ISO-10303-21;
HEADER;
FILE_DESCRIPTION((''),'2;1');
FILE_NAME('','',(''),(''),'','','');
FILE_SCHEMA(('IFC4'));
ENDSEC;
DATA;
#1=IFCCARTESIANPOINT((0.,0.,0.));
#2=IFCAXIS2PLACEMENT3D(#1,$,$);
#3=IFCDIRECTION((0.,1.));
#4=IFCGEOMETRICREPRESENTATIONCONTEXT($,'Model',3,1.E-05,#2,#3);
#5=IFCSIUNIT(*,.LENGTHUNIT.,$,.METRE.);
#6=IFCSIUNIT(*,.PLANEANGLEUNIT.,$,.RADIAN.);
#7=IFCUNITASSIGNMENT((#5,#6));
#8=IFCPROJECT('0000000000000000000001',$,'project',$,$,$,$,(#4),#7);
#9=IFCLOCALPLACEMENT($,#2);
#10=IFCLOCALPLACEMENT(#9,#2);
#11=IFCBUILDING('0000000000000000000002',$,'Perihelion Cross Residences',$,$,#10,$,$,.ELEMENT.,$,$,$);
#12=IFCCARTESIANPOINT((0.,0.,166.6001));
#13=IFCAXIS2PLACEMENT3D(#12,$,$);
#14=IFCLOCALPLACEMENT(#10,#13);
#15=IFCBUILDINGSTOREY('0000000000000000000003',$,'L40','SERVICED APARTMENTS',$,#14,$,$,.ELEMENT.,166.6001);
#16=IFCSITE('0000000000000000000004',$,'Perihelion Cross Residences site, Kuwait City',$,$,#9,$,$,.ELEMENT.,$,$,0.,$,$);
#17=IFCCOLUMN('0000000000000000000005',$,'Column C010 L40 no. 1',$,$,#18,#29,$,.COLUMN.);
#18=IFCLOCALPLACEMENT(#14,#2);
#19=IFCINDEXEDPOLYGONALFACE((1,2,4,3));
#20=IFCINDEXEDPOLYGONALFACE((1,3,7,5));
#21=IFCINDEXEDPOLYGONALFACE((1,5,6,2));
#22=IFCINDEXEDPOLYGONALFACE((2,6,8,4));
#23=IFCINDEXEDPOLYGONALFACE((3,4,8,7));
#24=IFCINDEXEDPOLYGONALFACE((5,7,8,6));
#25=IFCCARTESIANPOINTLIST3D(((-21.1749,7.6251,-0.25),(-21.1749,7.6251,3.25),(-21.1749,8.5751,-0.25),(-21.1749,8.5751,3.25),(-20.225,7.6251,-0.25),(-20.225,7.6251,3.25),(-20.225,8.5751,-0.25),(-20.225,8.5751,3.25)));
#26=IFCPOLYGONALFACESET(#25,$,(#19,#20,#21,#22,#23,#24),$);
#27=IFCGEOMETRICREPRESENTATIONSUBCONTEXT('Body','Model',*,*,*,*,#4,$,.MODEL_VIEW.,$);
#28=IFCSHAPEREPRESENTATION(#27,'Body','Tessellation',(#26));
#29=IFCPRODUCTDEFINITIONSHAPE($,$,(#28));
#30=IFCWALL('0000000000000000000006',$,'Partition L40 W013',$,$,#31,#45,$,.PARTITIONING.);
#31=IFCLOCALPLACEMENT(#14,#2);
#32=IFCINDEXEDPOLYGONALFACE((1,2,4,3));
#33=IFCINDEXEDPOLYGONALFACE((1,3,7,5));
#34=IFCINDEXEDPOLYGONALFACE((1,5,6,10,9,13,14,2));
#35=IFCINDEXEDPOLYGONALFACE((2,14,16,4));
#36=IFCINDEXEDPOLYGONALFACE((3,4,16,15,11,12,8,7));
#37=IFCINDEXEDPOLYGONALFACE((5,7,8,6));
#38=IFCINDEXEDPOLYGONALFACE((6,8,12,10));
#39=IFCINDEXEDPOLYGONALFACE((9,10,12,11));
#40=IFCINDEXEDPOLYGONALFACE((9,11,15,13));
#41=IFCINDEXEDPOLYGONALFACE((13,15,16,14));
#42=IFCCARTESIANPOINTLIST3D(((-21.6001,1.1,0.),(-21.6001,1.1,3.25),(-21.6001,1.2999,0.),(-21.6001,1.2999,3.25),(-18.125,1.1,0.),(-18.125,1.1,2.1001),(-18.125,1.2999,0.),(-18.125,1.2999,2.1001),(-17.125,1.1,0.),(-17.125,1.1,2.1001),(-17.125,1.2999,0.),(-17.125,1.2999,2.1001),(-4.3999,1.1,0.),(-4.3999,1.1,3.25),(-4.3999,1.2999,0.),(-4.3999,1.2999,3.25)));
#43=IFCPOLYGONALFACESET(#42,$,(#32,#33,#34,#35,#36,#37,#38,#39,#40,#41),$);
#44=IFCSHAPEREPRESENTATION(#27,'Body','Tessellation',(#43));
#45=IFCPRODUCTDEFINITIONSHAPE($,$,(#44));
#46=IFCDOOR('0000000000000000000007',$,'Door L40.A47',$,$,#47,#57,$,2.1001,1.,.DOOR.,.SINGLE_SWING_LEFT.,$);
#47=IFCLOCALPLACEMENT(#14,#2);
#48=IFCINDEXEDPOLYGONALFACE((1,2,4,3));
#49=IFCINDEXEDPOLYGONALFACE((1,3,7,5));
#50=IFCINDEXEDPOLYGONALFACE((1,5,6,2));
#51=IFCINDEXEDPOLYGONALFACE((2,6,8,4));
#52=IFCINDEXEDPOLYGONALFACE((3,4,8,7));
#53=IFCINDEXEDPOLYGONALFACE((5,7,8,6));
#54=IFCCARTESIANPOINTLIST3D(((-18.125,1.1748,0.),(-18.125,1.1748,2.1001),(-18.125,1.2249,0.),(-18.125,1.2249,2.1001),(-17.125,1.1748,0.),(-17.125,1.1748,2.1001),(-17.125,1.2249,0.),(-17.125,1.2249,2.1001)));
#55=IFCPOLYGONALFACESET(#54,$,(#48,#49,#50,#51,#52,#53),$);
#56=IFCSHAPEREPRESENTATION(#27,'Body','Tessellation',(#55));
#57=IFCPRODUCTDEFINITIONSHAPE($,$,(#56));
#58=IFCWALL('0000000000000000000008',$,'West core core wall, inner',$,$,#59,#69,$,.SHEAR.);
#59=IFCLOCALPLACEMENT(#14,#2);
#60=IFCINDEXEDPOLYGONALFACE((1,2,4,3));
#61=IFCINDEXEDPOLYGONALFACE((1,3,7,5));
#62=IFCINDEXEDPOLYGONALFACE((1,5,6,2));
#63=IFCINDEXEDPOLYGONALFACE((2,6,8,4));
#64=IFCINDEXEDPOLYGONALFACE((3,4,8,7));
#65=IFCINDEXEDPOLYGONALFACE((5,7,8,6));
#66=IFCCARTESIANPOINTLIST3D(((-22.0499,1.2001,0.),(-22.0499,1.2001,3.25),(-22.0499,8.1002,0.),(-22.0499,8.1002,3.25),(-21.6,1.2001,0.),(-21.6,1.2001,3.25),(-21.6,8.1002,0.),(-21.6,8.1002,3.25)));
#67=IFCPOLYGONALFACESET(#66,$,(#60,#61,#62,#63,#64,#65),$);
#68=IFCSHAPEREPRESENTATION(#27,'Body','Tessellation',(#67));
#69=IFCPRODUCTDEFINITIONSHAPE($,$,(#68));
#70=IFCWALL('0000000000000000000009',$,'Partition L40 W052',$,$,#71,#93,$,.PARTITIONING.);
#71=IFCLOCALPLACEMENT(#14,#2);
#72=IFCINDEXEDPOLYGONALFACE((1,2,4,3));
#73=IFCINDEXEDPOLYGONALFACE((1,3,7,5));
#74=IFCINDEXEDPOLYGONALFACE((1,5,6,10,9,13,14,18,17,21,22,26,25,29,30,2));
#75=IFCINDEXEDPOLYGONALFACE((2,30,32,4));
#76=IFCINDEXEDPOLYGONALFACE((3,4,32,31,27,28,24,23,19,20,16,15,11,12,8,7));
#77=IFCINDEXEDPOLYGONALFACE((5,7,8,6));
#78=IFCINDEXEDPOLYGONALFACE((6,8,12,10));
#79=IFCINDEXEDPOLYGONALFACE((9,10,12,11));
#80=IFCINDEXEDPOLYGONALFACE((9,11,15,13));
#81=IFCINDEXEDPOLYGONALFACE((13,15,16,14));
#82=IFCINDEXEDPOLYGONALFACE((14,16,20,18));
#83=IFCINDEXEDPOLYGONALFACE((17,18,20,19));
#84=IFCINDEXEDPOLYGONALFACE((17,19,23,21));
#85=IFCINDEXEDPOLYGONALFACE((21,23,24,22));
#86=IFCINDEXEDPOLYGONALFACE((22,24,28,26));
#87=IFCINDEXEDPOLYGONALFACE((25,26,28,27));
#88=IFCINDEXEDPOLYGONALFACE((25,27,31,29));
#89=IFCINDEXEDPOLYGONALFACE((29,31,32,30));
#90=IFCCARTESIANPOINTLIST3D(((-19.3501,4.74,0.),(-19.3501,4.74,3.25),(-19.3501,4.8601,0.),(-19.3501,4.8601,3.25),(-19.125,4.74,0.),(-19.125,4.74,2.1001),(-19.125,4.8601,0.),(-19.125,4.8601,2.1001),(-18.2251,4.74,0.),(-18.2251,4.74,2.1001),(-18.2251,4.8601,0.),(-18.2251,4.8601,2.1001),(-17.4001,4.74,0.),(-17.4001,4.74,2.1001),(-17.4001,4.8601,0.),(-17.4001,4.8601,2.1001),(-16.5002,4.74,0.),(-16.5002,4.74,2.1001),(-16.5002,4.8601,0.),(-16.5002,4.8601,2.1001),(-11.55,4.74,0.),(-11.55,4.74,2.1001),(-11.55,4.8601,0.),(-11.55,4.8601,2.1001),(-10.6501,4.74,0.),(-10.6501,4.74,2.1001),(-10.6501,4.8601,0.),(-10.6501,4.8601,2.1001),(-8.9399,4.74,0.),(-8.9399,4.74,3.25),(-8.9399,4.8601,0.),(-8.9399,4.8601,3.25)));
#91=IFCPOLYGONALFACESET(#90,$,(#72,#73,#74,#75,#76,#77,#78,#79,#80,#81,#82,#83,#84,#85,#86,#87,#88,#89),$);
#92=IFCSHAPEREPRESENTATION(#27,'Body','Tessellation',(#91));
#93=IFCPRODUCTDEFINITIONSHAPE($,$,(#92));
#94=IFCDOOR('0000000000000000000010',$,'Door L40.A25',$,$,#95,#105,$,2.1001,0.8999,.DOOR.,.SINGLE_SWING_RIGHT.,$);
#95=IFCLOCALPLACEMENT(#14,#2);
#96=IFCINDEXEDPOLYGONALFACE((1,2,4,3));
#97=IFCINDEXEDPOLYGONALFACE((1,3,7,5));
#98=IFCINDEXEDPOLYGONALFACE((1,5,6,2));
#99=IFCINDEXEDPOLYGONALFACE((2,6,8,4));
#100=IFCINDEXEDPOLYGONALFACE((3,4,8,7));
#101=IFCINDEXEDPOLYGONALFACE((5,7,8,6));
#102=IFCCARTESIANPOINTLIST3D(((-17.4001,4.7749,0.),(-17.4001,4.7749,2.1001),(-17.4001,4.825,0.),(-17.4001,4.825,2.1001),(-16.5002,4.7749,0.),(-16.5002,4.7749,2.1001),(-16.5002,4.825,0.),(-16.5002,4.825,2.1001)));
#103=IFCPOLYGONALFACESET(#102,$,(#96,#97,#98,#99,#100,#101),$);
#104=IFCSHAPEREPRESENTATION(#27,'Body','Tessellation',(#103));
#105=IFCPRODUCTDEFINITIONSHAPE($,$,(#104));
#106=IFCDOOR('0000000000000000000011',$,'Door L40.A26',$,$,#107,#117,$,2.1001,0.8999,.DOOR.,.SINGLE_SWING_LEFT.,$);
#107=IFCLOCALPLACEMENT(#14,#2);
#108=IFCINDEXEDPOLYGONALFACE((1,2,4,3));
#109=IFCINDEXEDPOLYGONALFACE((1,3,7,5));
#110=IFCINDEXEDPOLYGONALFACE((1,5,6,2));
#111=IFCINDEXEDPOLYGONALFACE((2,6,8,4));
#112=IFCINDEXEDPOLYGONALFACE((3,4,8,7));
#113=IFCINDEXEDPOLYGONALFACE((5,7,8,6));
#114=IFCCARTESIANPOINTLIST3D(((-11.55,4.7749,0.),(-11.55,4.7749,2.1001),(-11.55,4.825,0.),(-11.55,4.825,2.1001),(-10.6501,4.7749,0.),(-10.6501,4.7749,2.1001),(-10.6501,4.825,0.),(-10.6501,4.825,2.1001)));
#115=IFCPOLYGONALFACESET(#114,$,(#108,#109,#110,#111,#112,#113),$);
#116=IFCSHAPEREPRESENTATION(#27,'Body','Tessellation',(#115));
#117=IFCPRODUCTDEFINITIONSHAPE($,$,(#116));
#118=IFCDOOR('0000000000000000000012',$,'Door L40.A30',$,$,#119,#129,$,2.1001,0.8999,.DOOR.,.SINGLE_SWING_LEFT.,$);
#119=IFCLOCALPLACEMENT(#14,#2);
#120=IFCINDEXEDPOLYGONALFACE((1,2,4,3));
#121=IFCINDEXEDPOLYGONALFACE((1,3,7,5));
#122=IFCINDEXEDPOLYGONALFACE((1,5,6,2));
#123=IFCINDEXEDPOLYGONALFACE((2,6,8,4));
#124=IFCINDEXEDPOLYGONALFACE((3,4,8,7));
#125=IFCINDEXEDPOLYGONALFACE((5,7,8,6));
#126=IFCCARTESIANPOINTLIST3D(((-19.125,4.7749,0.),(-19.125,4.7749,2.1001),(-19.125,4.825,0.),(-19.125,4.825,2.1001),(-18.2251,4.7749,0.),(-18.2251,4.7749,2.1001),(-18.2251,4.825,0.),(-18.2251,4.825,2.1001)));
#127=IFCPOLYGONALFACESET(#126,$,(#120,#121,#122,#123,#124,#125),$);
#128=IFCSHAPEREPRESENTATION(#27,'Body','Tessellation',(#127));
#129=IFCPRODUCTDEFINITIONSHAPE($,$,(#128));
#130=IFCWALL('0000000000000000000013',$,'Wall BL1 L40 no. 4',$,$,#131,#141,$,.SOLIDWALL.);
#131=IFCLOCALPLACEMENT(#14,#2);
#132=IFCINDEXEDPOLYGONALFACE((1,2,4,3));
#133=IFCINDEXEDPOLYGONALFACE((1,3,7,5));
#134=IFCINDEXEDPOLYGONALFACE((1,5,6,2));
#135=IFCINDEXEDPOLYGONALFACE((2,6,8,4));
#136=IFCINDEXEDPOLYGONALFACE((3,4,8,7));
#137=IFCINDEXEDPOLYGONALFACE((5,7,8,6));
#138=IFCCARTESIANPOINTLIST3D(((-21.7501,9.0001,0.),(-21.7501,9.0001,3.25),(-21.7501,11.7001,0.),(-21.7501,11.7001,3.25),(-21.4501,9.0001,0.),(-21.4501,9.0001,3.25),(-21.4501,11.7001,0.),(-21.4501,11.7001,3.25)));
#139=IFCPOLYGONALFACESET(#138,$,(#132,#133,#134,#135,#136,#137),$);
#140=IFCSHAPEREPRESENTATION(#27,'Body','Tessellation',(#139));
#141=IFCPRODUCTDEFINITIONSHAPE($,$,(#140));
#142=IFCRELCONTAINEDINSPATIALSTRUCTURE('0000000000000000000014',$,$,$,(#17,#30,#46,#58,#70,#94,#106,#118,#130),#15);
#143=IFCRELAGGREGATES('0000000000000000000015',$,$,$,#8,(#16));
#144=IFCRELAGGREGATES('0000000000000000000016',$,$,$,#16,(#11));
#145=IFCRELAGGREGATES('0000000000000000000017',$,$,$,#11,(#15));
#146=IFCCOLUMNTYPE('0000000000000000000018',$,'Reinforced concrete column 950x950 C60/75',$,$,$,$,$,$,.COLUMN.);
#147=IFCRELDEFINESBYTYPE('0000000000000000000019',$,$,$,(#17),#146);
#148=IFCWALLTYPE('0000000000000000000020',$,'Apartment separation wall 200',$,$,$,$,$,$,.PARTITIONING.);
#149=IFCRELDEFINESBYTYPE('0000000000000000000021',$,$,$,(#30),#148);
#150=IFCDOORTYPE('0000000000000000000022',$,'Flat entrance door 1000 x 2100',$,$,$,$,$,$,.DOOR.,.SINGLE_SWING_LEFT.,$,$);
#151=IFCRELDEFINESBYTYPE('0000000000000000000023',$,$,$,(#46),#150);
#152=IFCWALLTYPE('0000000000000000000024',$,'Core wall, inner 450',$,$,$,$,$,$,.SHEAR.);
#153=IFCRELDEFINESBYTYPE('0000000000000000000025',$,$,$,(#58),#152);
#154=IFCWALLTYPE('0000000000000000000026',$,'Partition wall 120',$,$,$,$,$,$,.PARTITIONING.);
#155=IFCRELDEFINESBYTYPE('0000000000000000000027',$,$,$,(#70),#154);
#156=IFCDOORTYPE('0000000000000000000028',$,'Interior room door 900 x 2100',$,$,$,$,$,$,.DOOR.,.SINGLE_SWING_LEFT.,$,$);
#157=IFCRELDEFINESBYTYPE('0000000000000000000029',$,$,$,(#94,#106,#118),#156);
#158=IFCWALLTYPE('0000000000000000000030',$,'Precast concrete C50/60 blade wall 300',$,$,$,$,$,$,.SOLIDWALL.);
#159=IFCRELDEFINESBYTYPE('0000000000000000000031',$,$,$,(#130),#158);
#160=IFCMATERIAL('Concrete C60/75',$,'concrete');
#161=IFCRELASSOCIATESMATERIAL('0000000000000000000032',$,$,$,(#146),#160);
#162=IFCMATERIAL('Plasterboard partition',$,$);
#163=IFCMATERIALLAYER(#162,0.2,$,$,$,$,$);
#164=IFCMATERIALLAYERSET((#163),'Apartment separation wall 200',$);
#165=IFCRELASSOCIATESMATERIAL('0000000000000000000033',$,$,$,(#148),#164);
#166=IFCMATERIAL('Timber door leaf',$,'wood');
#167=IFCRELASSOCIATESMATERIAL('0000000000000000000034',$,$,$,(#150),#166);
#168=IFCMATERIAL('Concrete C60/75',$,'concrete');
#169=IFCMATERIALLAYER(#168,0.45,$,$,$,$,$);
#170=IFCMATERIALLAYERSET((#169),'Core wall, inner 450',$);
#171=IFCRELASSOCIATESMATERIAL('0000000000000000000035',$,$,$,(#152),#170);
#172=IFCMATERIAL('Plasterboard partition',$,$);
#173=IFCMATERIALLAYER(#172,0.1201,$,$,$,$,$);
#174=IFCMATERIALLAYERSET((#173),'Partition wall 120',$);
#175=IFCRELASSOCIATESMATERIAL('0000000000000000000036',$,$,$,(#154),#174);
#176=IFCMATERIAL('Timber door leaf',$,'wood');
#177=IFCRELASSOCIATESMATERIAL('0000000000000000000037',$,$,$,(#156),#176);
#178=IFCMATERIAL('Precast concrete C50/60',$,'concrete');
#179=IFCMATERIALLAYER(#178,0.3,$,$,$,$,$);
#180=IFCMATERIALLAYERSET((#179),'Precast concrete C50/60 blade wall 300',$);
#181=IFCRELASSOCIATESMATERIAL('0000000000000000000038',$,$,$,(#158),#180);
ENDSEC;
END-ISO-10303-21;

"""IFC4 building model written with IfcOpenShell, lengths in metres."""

from ifc_helpers import new_model, si_unit, direction, frame, frame_2d, origin, origin_2d, place, context, subcontext, project, spatial, rectangle, extrude, material, layer, layer_set, material_profile, profile_set, type_object, element, fill, save


model = new_model("IFC4")

# Units and contexts
model_context = context("Model", 3, precision=1e-05, world=origin(), true_north=direction((0.0, 1.0)))
body_context = subcontext(model_context, "Body", "Model", "MODEL_VIEW")
ifc_project = project(units=[si_unit("LENGTHUNIT", "METRE"), si_unit("PLANEANGLEUNIT", "RADIAN")], contexts=[model_context])

# Site, building, storey
site_placement = place(None, origin())
site = spatial("IfcSite", under=ifc_project, at=site_placement, Name="Perihelion Cross Residences site, Kuwait City", CompositionType="ELEMENT", RefElevation=0.0)
building_placement = place(site_placement, origin())
building = spatial("IfcBuilding", under=site, at=building_placement, Name="Perihelion Cross Residences", CompositionType="ELEMENT")
storey_placement = place(building_placement, frame((0.0, 0.0, 166.6001)))
storey = spatial("IfcBuildingStorey", under=building, at=storey_placement, Name="L40", Description="SERVICED APARTMENTS", CompositionType="ELEMENT", Elevation=166.6001)

# Column
ifc_material_1 = material(Name="Concrete C60/75", Category="concrete")
ifc_material_profile = material_profile(ifc_material_1, rectangle(XDim=0.95, YDim=0.95, at=origin_2d()), Name="RC 950x950")
ifc_profile_set = profile_set([ifc_material_profile], Name="Concrete C60/75")
column_type = type_object("IfcColumnType", Name="Reinforced concrete column 950x950 C60/75", PredefinedType="COLUMN", material=ifc_profile_set)
column_placement = place(storey_placement, frame((-20.7, 8.1001, -0.25), z_axis=(0.0, 0.0, 1.0), x_axis=(1.0, 0.0, 0.0)))
element("IfcColumn", 1, at=column_placement, inside=storey, type_object=column_type, Name="Column C010 L40 no. 1", PredefinedType="COLUMN", context=body_context, shape_type="SweptSolid", body=[
    extrude(rectangle(XDim=0.95, YDim=0.95, at=origin_2d()), origin(), (0.0, 0.0, 1.0), 3.5),
])

# Wall, opening, door
ifc_material_2 = material(Name="Plasterboard partition")
ifc_layer_1 = layer(ifc_material_2, 0.2)
ifc_layer_set_1 = layer_set([ifc_layer_1], Name="Apartment separation wall 200")
wall_type_1 = type_object("IfcWallType", Name="Apartment separation wall 200", PredefinedType="PARTITIONING", material=ifc_layer_set_1)
wall_1_placement = place(storey_placement, frame((-21.6001, 1.2, 0.0), z_axis=(0.0, 0.0, 1.0), x_axis=(1.0, 0.0, 0.0)))
wall_1 = element("IfcWall", 2, at=wall_1_placement, inside=storey, type_object=wall_type_1, Name="Partition L40 W013", PredefinedType="PARTITIONING", context=body_context, shape_type="SweptSolid", body=[
    extrude(rectangle(XDim=17.2002, YDim=0.2, at=frame_2d((8.6001, 0.0))), origin(), (0.0, 0.0, 1.0), 3.25),
])
opening_1_placement = place(wall_1_placement, frame((3.4751, 0.0, 0.0)))
opening_1 = element("IfcOpeningElement", 3, at=opening_1_placement, cuts=wall_1, PredefinedType="OPENING", context=body_context, shape_type="SweptSolid", body=[
    extrude(rectangle(XDim=1.0, YDim=2.1001, at=frame_2d((0.5, 1.05))), frame((0.0, 0.1099, 0.0), z_axis=(0.0, -1.0, 0.0), x_axis=(1.0, 0.0, 0.0)), (0.0, 0.0, 1.0), 0.22),
])
ifc_material_3 = material(Name="Timber door leaf", Category="wood")
door_type_1 = type_object("IfcDoorType", Name="Flat entrance door 1000 x 2100", OperationType="SINGLE_SWING_LEFT", PredefinedType="DOOR", material=ifc_material_3)
door_1_placement = place(opening_1_placement, origin())
door_1 = element("IfcDoor", 4, at=door_1_placement, inside=storey, type_object=door_type_1, Name="Door L40.A47", OperationType="SINGLE_SWING_LEFT", OverallHeight=2.1001, OverallWidth=1.0, PredefinedType="DOOR", context=body_context, shape_type="SweptSolid", body=[
    extrude(rectangle(XDim=1.0, YDim=2.1001, at=frame_2d((0.5, 1.05))), frame((0.0, 0.0249, 0.0), z_axis=(0.0, -1.0, 0.0), x_axis=(1.0, 0.0, 0.0)), (0.0, 0.0, 1.0), 0.05),
])
fill(opening_1, door_1)

# Wall
ifc_material_4 = material(Name="Concrete C60/75", Category="concrete")
ifc_layer_2 = layer(ifc_material_4, 0.45)
ifc_layer_set_2 = layer_set([ifc_layer_2], Name="Core wall, inner 450")
wall_type_2 = type_object("IfcWallType", Name="Core wall, inner 450", PredefinedType="SHEAR", material=ifc_layer_set_2)
wall_2_placement = place(storey_placement, frame((-21.825, 1.2, 0.0), z_axis=(0.0, 0.0, 1.0), x_axis=(0.0, 1.0, 0.0)))
element("IfcWall", 5, at=wall_2_placement, inside=storey, type_object=wall_type_2, Name="West core core wall, inner", PredefinedType="SHEAR", context=body_context, shape_type="SweptSolid", body=[
    extrude(rectangle(XDim=6.9001, YDim=0.45, at=frame_2d((3.4502, 0.0))), origin(), (0.0, 0.0, 1.0), 3.25),
])

# Wall, openings, doors
ifc_material_5 = material(Name="Plasterboard partition")
ifc_layer_3 = layer(ifc_material_5, 0.1201)
ifc_layer_set_3 = layer_set([ifc_layer_3], Name="Partition wall 120")
wall_type_3 = type_object("IfcWallType", Name="Partition wall 120", PredefinedType="PARTITIONING", material=ifc_layer_set_3)
wall_3_placement = place(storey_placement, frame((-19.3501, 4.8, 0.0), z_axis=(0.0, 0.0, 1.0), x_axis=(1.0, 0.0, 0.0)))
wall_3 = element("IfcWall", 6, at=wall_3_placement, inside=storey, type_object=wall_type_3, Name="Partition L40 W052", PredefinedType="PARTITIONING", context=body_context, shape_type="SweptSolid", body=[
    extrude(rectangle(XDim=10.4102, YDim=0.1201, at=frame_2d((5.2051, 0.0))), origin(), (0.0, 0.0, 1.0), 3.25),
])
opening_2_placement = place(wall_3_placement, frame((1.95, 0.0, 0.0)))
opening_2 = element("IfcOpeningElement", 7, at=opening_2_placement, cuts=wall_3, PredefinedType="OPENING", context=body_context, shape_type="SweptSolid", body=[
    extrude(rectangle(XDim=0.8999, YDim=2.1001, at=frame_2d((0.45, 1.05))), frame((0.0, 0.0701, 0.0), z_axis=(0.0, -1.0, 0.0), x_axis=(1.0, 0.0, 0.0)), (0.0, 0.0, 1.0), 0.1401),
])
opening_3_placement = place(wall_3_placement, frame((7.8, 0.0, 0.0)))
opening_3 = element("IfcOpeningElement", 8, at=opening_3_placement, cuts=wall_3, PredefinedType="OPENING", context=body_context, shape_type="SweptSolid", body=[
    extrude(rectangle(XDim=0.8999, YDim=2.1001, at=frame_2d((0.45, 1.05))), frame((0.0, 0.0701, 0.0), z_axis=(0.0, -1.0, 0.0), x_axis=(1.0, 0.0, 0.0)), (0.0, 0.0, 1.0), 0.1401),
])
opening_4_placement = place(wall_3_placement, frame((0.2251, 0.0, 0.0)))
opening_4 = element("IfcOpeningElement", 9, at=opening_4_placement, cuts=wall_3, PredefinedType="OPENING", context=body_context, shape_type="SweptSolid", body=[
    extrude(rectangle(XDim=0.8999, YDim=2.1001, at=frame_2d((0.45, 1.05))), frame((0.0, 0.0701, 0.0), z_axis=(0.0, -1.0, 0.0), x_axis=(1.0, 0.0, 0.0)), (0.0, 0.0, 1.0), 0.1401),
])
ifc_material_6 = material(Name="Timber door leaf", Category="wood")
door_type_2 = type_object("IfcDoorType", Name="Interior room door 900 x 2100", OperationType="SINGLE_SWING_LEFT", PredefinedType="DOOR", material=ifc_material_6)
door_2_placement = place(opening_2_placement, origin())
door_2 = element("IfcDoor", 10, at=door_2_placement, inside=storey, type_object=door_type_2, Name="Door L40.A25", OperationType="SINGLE_SWING_RIGHT", OverallHeight=2.1001, OverallWidth=0.8999, PredefinedType="DOOR", context=body_context, shape_type="SweptSolid", body=[
    extrude(rectangle(XDim=0.8999, YDim=2.1001, at=frame_2d((0.45, 1.05))), frame((0.0, 0.0249, 0.0), z_axis=(0.0, -1.0, 0.0), x_axis=(1.0, 0.0, 0.0)), (0.0, 0.0, 1.0), 0.05),
])
fill(opening_2, door_2)
door_3_placement = place(opening_3_placement, origin())
door_3 = element("IfcDoor", 11, at=door_3_placement, inside=storey, type_object=door_type_2, Name="Door L40.A26", OperationType="SINGLE_SWING_LEFT", OverallHeight=2.1001, OverallWidth=0.8999, PredefinedType="DOOR", context=body_context, shape_type="SweptSolid", body=[
    extrude(rectangle(XDim=0.8999, YDim=2.1001, at=frame_2d((0.45, 1.05))), frame((0.0, 0.0249, 0.0), z_axis=(0.0, -1.0, 0.0), x_axis=(1.0, 0.0, 0.0)), (0.0, 0.0, 1.0), 0.05),
])
fill(opening_3, door_3)
door_4_placement = place(opening_4_placement, origin())
door_4 = element("IfcDoor", 12, at=door_4_placement, inside=storey, type_object=door_type_2, Name="Door L40.A30", OperationType="SINGLE_SWING_LEFT", OverallHeight=2.1001, OverallWidth=0.8999, PredefinedType="DOOR", context=body_context, shape_type="SweptSolid", body=[
    extrude(rectangle(XDim=0.8999, YDim=2.1001, at=frame_2d((0.45, 1.05))), frame((0.0, 0.0249, 0.0), z_axis=(0.0, -1.0, 0.0), x_axis=(1.0, 0.0, 0.0)), (0.0, 0.0, 1.0), 0.05),
])
fill(opening_4, door_4)

# Wall
ifc_material_7 = material(Name="Precast concrete C50/60", Category="concrete")
ifc_layer_4 = layer(ifc_material_7, 0.3)
ifc_layer_set_4 = layer_set([ifc_layer_4], Name="Precast concrete C50/60 blade wall 300")
wall_type_4 = type_object("IfcWallType", Name="Precast concrete C50/60 blade wall 300", PredefinedType="SOLIDWALL", material=ifc_layer_set_4)
wall_4_placement = place(storey_placement, frame((-21.6001, 9.0, 0.0), z_axis=(0.0, 0.0, 1.0), x_axis=(0.0, 1.0, 0.0)))
element("IfcWall", 13, at=wall_4_placement, inside=storey, type_object=wall_type_4, Name="Wall BL1 L40 no. 4", PredefinedType="SOLIDWALL", context=body_context, shape_type="SweptSolid", body=[
    extrude(rectangle(XDim=2.7, YDim=0.3, at=frame_2d((1.3501, 0.0))), origin(), (0.0, 0.0, 1.0), 3.25),
])

save(model, "model.ifc")
